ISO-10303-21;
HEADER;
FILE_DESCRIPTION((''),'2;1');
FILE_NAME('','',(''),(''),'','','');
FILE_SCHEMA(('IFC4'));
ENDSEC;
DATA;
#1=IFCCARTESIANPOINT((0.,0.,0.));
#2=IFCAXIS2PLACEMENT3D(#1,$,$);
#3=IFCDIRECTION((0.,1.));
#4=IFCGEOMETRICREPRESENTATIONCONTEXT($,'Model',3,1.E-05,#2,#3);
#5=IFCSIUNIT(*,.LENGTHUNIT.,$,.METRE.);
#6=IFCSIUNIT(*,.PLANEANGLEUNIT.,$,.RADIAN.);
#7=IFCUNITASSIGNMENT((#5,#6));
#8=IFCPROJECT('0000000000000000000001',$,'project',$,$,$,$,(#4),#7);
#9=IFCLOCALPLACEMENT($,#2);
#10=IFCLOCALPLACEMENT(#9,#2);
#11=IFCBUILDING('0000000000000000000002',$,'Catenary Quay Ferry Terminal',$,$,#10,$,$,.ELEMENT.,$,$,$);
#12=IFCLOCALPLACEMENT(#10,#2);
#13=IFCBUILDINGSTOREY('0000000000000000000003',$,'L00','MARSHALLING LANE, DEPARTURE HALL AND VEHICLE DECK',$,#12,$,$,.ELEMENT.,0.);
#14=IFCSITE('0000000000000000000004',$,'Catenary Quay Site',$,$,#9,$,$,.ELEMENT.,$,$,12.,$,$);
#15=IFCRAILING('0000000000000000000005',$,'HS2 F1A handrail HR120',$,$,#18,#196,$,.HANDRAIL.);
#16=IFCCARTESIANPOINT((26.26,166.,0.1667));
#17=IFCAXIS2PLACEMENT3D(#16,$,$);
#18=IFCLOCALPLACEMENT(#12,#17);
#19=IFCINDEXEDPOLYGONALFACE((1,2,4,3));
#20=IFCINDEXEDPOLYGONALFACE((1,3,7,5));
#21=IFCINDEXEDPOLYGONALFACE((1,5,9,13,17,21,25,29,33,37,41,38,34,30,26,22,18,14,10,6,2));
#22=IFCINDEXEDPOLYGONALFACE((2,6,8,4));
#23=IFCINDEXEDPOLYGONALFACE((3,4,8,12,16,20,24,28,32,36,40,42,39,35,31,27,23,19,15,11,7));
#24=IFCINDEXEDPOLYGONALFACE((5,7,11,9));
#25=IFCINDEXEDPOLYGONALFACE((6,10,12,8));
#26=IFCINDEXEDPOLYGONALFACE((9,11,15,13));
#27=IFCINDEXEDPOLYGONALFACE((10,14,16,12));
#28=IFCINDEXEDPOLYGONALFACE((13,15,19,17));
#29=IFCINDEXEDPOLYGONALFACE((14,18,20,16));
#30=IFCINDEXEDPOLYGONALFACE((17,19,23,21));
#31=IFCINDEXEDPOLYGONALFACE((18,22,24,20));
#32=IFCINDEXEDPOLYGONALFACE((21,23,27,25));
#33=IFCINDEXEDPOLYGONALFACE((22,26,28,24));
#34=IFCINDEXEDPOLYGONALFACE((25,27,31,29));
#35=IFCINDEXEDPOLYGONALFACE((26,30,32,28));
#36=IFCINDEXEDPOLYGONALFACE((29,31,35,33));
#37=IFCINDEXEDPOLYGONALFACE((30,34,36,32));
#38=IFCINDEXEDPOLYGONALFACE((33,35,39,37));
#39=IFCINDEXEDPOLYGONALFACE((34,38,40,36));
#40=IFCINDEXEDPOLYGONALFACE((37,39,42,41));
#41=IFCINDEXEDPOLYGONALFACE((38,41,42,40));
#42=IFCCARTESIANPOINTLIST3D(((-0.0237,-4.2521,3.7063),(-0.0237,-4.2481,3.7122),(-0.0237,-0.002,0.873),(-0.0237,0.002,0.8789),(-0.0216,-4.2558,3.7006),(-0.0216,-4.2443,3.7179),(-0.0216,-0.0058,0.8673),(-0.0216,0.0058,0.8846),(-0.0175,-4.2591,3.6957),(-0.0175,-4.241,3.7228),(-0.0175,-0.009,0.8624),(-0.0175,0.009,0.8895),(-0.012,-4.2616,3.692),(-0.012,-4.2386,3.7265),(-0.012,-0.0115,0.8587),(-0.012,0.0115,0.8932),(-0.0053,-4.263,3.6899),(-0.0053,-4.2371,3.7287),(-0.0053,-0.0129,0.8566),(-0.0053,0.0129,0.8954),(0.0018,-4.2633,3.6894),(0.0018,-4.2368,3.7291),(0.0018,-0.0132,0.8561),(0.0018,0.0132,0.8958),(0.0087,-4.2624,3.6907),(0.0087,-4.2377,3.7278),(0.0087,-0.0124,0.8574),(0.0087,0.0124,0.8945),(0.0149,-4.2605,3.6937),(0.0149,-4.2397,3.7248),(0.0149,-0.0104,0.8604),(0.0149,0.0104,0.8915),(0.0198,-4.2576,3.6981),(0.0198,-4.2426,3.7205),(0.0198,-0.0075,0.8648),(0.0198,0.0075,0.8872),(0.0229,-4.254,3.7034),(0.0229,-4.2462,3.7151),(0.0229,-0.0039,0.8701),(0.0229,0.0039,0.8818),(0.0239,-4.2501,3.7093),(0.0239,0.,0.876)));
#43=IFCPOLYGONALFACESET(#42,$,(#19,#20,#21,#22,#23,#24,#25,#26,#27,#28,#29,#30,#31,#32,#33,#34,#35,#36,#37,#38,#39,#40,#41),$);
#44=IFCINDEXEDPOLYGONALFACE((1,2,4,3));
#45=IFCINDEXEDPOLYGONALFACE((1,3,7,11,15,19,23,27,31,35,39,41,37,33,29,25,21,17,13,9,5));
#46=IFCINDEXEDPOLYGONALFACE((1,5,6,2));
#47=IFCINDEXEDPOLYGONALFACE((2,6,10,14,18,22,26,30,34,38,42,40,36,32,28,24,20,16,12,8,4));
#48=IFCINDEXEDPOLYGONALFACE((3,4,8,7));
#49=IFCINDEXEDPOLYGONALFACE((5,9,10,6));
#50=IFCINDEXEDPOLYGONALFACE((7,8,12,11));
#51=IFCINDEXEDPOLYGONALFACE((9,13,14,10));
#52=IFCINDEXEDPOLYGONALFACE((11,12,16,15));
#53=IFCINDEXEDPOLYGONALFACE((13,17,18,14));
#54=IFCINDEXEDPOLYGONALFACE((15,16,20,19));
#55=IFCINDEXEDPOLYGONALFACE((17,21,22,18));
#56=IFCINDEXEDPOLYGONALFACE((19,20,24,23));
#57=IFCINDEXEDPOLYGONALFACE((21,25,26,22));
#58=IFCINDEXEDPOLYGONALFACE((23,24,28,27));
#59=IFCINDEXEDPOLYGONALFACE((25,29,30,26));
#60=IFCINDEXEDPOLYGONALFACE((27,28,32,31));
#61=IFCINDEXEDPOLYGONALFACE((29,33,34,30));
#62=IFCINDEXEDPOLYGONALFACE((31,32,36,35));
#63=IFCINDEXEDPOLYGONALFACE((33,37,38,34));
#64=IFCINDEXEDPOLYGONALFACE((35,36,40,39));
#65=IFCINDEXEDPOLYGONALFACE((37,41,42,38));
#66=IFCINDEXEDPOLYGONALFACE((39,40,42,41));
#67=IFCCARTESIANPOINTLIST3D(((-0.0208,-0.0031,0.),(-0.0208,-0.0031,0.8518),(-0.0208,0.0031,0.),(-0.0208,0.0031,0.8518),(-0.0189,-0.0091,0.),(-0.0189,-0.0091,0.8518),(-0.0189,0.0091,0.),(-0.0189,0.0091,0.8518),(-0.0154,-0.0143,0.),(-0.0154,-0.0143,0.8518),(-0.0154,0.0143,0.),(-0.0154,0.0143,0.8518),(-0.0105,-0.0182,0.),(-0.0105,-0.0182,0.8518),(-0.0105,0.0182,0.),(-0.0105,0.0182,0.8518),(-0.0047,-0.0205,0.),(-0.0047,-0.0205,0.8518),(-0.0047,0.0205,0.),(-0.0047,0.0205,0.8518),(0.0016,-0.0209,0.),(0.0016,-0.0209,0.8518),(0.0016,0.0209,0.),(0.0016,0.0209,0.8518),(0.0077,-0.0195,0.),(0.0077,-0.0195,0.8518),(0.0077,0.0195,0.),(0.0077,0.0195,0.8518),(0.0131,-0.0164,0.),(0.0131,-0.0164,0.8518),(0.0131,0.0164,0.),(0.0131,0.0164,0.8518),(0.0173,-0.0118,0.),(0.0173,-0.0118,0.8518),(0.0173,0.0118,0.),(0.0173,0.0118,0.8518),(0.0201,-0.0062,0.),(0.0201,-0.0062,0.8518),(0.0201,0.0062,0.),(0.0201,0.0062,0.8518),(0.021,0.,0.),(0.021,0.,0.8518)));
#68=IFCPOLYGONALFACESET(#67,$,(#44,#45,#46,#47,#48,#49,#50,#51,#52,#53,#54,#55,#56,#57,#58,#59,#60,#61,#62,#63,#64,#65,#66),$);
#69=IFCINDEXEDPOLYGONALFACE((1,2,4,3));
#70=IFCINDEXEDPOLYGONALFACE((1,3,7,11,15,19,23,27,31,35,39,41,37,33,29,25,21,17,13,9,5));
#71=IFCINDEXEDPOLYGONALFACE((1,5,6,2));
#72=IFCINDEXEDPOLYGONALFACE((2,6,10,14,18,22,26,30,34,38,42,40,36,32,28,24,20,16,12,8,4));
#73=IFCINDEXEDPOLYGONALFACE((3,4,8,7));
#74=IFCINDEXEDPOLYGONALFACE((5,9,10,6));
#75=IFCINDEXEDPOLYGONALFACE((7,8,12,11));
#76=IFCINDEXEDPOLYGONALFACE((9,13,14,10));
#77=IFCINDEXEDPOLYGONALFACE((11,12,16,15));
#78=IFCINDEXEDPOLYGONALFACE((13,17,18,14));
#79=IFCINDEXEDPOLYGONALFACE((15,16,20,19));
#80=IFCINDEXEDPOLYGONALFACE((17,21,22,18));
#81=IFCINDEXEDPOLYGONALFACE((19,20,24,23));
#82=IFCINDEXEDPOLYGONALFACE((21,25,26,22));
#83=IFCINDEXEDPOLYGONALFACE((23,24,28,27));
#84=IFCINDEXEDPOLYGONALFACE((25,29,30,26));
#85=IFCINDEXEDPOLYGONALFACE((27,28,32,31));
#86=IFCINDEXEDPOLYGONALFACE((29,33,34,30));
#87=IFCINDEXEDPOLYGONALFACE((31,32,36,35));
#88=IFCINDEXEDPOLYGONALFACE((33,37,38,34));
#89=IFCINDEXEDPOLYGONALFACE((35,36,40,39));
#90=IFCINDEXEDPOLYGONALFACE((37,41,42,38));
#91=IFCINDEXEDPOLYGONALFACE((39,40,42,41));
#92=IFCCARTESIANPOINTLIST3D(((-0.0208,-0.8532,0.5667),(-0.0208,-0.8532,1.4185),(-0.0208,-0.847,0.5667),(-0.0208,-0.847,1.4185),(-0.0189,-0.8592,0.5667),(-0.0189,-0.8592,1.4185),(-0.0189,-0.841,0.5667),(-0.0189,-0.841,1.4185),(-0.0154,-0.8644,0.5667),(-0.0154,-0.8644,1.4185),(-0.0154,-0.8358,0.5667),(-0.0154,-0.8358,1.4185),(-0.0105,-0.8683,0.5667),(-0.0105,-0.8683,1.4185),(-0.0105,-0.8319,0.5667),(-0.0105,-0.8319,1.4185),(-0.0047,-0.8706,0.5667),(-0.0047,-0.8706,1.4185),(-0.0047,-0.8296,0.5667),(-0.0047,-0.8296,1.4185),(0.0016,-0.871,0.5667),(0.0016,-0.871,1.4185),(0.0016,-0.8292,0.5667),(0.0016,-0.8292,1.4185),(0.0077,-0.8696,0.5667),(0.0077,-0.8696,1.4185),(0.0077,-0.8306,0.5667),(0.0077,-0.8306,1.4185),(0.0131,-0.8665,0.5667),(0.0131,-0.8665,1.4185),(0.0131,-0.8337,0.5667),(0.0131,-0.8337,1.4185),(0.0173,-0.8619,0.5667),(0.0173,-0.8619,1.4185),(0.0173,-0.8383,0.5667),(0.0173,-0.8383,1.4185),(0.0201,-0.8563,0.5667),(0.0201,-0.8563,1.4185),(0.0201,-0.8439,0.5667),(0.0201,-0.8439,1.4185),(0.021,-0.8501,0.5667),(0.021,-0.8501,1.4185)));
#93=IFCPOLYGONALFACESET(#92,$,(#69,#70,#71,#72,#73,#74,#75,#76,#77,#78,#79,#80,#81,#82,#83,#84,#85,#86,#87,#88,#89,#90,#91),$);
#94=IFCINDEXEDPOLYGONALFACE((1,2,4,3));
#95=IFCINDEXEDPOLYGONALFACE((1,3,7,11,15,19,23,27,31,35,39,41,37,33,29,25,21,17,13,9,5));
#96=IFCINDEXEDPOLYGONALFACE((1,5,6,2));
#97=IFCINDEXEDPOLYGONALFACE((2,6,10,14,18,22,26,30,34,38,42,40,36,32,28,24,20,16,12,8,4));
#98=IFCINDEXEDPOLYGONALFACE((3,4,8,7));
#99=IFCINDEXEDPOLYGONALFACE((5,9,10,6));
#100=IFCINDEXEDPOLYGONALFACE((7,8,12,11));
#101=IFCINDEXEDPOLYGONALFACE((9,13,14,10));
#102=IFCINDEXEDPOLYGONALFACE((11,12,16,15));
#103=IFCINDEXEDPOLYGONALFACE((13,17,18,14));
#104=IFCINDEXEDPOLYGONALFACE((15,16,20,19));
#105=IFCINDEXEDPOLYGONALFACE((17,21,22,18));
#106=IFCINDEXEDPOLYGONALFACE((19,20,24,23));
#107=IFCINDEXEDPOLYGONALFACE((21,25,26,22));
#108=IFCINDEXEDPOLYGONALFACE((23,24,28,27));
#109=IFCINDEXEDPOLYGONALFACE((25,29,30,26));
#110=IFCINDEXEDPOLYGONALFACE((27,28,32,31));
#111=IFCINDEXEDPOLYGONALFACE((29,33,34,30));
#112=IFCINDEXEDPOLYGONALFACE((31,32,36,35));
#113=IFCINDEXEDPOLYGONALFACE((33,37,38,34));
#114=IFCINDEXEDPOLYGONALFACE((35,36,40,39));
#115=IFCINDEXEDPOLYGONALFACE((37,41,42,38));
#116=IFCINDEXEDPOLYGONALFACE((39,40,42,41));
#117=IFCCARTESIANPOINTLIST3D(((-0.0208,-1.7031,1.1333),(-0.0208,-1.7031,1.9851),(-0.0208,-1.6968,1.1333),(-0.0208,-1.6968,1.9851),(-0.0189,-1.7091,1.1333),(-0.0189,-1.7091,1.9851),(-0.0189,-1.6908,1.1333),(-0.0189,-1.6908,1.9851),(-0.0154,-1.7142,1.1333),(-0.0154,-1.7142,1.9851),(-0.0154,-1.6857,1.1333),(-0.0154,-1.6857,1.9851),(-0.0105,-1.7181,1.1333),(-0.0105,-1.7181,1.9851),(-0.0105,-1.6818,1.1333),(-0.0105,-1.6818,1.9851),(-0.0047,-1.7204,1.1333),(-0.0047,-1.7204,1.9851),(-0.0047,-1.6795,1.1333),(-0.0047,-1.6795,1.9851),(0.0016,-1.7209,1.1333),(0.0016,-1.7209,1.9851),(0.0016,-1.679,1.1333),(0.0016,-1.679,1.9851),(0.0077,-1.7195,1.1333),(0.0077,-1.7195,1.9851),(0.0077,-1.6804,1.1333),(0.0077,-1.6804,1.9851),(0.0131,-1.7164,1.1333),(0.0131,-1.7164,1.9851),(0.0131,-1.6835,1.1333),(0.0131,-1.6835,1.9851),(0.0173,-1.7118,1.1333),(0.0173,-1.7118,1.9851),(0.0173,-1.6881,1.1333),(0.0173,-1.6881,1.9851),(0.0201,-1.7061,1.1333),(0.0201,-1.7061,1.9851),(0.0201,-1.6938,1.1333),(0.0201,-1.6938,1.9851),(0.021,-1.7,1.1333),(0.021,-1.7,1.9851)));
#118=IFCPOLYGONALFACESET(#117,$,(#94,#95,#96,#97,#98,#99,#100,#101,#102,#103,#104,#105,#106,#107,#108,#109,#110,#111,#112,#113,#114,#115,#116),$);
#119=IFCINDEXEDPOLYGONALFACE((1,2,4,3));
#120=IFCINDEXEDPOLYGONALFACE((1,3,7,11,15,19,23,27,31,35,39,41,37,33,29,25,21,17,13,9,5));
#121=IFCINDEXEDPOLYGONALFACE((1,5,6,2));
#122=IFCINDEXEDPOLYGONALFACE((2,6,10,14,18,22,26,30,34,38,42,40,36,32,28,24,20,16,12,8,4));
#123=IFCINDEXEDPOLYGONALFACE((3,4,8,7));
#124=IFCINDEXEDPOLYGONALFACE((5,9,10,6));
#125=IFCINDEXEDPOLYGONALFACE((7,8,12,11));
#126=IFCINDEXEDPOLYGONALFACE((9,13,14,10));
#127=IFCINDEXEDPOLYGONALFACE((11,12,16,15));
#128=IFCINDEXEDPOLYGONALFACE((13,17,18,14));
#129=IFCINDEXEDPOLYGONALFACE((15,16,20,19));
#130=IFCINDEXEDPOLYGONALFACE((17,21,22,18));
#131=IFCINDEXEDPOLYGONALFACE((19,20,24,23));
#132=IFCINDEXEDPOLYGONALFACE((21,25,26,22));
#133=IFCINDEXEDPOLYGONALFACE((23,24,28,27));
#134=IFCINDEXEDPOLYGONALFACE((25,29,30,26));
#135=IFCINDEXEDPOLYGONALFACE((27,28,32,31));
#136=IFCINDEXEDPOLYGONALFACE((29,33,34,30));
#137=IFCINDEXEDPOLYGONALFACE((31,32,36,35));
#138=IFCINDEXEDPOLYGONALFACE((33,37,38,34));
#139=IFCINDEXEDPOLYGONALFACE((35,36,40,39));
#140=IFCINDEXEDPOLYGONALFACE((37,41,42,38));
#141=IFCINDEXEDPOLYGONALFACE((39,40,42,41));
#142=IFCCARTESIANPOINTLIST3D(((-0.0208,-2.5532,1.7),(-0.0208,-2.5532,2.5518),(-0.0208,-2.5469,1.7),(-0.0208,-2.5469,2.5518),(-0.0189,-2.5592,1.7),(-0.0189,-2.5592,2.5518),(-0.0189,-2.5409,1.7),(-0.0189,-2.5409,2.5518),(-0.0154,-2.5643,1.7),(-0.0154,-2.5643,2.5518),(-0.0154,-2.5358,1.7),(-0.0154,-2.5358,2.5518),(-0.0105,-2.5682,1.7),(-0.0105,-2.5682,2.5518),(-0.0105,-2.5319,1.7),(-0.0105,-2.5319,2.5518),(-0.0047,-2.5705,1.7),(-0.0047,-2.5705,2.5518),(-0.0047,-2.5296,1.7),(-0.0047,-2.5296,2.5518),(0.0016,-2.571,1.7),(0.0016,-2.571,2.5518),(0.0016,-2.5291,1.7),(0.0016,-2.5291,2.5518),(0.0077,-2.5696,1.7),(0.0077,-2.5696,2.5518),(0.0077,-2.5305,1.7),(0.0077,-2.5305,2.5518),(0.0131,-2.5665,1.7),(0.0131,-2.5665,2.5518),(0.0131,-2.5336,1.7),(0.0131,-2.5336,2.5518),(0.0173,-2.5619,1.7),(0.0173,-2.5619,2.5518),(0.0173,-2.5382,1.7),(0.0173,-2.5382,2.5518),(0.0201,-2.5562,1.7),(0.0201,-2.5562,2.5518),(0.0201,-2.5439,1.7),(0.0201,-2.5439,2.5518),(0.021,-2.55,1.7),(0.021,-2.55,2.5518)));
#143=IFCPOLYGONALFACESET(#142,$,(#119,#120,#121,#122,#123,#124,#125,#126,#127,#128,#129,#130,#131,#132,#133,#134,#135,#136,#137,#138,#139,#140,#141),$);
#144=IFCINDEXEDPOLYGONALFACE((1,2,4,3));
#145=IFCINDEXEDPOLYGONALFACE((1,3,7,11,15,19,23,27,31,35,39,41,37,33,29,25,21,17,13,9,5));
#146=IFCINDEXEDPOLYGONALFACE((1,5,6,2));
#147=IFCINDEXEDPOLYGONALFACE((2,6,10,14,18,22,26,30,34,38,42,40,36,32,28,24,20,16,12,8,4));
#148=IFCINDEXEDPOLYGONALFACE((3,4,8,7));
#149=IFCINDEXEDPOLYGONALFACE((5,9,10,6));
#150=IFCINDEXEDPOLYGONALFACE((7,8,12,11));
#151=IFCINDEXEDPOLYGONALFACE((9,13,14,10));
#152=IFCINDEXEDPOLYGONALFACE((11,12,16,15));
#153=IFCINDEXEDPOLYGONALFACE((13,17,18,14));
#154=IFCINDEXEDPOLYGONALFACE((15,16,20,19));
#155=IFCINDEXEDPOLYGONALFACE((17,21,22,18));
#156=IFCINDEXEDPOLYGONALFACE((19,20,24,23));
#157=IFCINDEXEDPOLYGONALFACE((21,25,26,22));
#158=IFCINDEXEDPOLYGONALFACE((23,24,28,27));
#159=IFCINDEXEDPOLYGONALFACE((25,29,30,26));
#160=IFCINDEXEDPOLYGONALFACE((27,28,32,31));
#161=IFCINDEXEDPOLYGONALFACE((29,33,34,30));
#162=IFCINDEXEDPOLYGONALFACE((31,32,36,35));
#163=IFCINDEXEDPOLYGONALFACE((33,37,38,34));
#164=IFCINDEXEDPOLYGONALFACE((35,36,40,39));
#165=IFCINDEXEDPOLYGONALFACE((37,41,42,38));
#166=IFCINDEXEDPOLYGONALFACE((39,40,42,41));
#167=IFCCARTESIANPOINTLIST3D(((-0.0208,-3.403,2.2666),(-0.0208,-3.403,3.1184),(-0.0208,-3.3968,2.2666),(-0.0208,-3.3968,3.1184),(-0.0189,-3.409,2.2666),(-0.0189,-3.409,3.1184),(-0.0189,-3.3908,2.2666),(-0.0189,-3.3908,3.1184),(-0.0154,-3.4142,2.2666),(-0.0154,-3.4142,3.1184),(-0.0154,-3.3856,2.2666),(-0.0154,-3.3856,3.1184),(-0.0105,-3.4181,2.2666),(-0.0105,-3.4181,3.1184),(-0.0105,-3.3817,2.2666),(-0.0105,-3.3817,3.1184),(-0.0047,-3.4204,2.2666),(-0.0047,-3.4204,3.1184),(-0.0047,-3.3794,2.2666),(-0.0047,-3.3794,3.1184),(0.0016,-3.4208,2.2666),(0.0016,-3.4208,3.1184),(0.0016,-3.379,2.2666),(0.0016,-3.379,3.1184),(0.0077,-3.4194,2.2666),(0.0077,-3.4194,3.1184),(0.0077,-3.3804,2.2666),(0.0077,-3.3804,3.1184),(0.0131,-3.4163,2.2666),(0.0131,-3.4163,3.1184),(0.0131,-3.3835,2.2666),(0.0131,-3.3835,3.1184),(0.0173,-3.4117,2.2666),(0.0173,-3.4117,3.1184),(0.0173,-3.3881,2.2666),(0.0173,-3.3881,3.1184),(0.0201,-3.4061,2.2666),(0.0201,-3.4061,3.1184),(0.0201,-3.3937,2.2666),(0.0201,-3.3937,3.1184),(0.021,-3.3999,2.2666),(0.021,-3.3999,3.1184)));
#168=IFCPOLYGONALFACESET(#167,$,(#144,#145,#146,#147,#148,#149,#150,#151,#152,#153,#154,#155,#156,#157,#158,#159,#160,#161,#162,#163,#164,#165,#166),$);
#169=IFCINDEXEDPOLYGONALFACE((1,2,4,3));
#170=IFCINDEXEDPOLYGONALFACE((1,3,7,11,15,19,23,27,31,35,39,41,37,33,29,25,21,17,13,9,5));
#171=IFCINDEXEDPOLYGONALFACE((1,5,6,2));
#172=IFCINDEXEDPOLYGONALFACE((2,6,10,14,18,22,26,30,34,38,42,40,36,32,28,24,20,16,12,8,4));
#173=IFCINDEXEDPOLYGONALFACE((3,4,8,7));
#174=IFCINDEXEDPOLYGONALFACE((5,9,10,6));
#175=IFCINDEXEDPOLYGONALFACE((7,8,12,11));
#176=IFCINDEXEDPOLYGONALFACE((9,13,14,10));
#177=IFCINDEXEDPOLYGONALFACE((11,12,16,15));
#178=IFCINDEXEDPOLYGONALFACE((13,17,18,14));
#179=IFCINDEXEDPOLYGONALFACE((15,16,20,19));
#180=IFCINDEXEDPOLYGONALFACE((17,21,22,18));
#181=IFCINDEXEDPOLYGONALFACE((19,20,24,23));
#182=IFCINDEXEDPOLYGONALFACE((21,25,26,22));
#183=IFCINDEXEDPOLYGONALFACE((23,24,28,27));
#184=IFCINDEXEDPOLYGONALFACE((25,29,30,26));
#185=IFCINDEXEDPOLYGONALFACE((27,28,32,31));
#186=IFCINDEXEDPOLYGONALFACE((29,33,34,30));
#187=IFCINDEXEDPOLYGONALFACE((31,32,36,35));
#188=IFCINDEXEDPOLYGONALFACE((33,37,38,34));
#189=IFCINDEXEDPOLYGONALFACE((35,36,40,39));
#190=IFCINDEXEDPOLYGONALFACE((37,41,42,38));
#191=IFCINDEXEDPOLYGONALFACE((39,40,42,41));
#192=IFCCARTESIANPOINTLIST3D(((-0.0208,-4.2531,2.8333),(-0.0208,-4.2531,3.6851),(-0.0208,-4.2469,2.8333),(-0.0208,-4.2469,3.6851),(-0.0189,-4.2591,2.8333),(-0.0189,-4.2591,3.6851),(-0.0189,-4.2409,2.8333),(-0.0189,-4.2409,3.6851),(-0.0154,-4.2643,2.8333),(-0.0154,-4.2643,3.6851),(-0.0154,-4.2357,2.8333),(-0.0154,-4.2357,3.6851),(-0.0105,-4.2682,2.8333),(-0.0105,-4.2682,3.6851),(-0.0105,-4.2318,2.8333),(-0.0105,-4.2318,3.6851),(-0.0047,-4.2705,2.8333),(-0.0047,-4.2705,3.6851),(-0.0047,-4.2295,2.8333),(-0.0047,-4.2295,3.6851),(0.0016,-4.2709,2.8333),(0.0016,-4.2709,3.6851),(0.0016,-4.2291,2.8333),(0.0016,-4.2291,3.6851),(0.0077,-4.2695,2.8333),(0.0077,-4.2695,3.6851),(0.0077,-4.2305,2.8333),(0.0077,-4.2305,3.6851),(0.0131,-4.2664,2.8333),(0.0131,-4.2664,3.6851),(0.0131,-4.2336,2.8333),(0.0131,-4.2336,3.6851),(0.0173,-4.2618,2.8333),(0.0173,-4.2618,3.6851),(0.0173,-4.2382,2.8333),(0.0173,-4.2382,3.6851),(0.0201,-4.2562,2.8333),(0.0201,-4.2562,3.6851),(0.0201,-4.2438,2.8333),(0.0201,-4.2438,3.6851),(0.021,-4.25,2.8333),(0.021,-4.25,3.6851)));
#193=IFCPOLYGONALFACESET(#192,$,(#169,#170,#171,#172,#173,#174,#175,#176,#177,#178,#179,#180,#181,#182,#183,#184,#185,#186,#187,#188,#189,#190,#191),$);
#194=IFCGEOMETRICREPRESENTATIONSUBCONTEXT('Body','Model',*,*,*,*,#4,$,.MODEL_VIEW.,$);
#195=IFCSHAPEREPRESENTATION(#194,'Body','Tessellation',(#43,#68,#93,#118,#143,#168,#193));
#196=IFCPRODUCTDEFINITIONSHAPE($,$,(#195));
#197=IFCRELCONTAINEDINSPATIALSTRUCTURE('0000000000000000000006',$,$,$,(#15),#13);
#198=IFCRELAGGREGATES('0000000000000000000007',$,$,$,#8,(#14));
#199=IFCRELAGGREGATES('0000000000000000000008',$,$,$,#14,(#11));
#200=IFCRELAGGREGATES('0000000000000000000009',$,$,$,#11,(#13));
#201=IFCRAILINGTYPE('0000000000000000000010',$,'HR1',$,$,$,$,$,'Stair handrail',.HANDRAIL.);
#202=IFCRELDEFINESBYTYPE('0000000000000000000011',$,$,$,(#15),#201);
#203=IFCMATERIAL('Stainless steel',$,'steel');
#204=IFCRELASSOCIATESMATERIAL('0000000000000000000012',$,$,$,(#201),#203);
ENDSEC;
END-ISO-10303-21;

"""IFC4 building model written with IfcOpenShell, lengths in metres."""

from ifc_helpers import new_model, si_unit, direction, frame, origin, origin_2d, place, context, subcontext, project, spatial, circle, extrude, material, type_object, element, save


model = new_model("IFC4")

# Units and contexts
model_context = context("Model", 3, precision=1e-05, world=origin(), true_north=direction((0.0, 1.0)))
body_context = subcontext(model_context, "Body", "Model", "MODEL_VIEW")
ifc_project = project(units=[si_unit("LENGTHUNIT", "METRE"), si_unit("PLANEANGLEUNIT", "RADIAN")], contexts=[model_context])

# Site, building, storey
site_placement = place(None, origin())
site = spatial("IfcSite", under=ifc_project, at=site_placement, Name="Catenary Quay Site", CompositionType="ELEMENT", RefElevation=12.0)
building_placement = place(site_placement, origin())
building = spatial("IfcBuilding", under=site, at=building_placement, Name="Catenary Quay Ferry Terminal", CompositionType="ELEMENT")
storey_placement = place(building_placement, origin())
storey = spatial("IfcBuildingStorey", under=building, at=storey_placement, Name="L00", Description="MARSHALLING LANE, DEPARTURE HALL AND VEHICLE DECK", CompositionType="ELEMENT", Elevation=0.0)

# Railing
ifc_material_1 = material(Name="Stainless steel", Category="steel")
railing_type = type_object("IfcRailingType", Name="HR1", ElementType="Stair handrail", PredefinedType="HANDRAIL", material=ifc_material_1)
for number, where, name in (
    (1, (26.26, 166.0, 0.1667), "HS2 F1A handrail HR120"),
):
    element("IfcRailing", number, at=place(storey_placement, frame(where)), inside=storey, type_object=railing_type, Name=name, PredefinedType="HANDRAIL", context=body_context, shape_type="SweptSolid", body=[
        extrude(circle(Radius=0.0239, at=origin_2d()), frame((0.0, 0.0, 0.876), z_axis=(0.0, -0.832058, 0.554689), x_axis=(1.0, 0.0, 0.0)), (0.0, 0.0, 1.0), 5.1079),
        extrude(circle(Radius=0.021, at=origin_2d()), origin(), (0.0, 0.0, 1.0), 0.8518),
        extrude(circle(Radius=0.021, at=origin_2d()), frame((0.0, -0.8501, 0.5667)), (0.0, 0.0, 1.0), 0.8518),
        extrude(circle(Radius=0.021, at=origin_2d()), frame((0.0, -1.7, 1.1333)), (0.0, 0.0, 1.0), 0.8518),
        extrude(circle(Radius=0.021, at=origin_2d()), frame((0.0, -2.55, 1.7)), (0.0, 0.0, 1.0), 0.8518),
        extrude(circle(Radius=0.021, at=origin_2d()), frame((0.0, -3.3999, 2.2666)), (0.0, 0.0, 1.0), 0.8518),
        extrude(circle(Radius=0.021, at=origin_2d()), frame((0.0, -4.25, 2.8333)), (0.0, 0.0, 1.0), 0.8518),
    ])

save(model, "model.ifc")
